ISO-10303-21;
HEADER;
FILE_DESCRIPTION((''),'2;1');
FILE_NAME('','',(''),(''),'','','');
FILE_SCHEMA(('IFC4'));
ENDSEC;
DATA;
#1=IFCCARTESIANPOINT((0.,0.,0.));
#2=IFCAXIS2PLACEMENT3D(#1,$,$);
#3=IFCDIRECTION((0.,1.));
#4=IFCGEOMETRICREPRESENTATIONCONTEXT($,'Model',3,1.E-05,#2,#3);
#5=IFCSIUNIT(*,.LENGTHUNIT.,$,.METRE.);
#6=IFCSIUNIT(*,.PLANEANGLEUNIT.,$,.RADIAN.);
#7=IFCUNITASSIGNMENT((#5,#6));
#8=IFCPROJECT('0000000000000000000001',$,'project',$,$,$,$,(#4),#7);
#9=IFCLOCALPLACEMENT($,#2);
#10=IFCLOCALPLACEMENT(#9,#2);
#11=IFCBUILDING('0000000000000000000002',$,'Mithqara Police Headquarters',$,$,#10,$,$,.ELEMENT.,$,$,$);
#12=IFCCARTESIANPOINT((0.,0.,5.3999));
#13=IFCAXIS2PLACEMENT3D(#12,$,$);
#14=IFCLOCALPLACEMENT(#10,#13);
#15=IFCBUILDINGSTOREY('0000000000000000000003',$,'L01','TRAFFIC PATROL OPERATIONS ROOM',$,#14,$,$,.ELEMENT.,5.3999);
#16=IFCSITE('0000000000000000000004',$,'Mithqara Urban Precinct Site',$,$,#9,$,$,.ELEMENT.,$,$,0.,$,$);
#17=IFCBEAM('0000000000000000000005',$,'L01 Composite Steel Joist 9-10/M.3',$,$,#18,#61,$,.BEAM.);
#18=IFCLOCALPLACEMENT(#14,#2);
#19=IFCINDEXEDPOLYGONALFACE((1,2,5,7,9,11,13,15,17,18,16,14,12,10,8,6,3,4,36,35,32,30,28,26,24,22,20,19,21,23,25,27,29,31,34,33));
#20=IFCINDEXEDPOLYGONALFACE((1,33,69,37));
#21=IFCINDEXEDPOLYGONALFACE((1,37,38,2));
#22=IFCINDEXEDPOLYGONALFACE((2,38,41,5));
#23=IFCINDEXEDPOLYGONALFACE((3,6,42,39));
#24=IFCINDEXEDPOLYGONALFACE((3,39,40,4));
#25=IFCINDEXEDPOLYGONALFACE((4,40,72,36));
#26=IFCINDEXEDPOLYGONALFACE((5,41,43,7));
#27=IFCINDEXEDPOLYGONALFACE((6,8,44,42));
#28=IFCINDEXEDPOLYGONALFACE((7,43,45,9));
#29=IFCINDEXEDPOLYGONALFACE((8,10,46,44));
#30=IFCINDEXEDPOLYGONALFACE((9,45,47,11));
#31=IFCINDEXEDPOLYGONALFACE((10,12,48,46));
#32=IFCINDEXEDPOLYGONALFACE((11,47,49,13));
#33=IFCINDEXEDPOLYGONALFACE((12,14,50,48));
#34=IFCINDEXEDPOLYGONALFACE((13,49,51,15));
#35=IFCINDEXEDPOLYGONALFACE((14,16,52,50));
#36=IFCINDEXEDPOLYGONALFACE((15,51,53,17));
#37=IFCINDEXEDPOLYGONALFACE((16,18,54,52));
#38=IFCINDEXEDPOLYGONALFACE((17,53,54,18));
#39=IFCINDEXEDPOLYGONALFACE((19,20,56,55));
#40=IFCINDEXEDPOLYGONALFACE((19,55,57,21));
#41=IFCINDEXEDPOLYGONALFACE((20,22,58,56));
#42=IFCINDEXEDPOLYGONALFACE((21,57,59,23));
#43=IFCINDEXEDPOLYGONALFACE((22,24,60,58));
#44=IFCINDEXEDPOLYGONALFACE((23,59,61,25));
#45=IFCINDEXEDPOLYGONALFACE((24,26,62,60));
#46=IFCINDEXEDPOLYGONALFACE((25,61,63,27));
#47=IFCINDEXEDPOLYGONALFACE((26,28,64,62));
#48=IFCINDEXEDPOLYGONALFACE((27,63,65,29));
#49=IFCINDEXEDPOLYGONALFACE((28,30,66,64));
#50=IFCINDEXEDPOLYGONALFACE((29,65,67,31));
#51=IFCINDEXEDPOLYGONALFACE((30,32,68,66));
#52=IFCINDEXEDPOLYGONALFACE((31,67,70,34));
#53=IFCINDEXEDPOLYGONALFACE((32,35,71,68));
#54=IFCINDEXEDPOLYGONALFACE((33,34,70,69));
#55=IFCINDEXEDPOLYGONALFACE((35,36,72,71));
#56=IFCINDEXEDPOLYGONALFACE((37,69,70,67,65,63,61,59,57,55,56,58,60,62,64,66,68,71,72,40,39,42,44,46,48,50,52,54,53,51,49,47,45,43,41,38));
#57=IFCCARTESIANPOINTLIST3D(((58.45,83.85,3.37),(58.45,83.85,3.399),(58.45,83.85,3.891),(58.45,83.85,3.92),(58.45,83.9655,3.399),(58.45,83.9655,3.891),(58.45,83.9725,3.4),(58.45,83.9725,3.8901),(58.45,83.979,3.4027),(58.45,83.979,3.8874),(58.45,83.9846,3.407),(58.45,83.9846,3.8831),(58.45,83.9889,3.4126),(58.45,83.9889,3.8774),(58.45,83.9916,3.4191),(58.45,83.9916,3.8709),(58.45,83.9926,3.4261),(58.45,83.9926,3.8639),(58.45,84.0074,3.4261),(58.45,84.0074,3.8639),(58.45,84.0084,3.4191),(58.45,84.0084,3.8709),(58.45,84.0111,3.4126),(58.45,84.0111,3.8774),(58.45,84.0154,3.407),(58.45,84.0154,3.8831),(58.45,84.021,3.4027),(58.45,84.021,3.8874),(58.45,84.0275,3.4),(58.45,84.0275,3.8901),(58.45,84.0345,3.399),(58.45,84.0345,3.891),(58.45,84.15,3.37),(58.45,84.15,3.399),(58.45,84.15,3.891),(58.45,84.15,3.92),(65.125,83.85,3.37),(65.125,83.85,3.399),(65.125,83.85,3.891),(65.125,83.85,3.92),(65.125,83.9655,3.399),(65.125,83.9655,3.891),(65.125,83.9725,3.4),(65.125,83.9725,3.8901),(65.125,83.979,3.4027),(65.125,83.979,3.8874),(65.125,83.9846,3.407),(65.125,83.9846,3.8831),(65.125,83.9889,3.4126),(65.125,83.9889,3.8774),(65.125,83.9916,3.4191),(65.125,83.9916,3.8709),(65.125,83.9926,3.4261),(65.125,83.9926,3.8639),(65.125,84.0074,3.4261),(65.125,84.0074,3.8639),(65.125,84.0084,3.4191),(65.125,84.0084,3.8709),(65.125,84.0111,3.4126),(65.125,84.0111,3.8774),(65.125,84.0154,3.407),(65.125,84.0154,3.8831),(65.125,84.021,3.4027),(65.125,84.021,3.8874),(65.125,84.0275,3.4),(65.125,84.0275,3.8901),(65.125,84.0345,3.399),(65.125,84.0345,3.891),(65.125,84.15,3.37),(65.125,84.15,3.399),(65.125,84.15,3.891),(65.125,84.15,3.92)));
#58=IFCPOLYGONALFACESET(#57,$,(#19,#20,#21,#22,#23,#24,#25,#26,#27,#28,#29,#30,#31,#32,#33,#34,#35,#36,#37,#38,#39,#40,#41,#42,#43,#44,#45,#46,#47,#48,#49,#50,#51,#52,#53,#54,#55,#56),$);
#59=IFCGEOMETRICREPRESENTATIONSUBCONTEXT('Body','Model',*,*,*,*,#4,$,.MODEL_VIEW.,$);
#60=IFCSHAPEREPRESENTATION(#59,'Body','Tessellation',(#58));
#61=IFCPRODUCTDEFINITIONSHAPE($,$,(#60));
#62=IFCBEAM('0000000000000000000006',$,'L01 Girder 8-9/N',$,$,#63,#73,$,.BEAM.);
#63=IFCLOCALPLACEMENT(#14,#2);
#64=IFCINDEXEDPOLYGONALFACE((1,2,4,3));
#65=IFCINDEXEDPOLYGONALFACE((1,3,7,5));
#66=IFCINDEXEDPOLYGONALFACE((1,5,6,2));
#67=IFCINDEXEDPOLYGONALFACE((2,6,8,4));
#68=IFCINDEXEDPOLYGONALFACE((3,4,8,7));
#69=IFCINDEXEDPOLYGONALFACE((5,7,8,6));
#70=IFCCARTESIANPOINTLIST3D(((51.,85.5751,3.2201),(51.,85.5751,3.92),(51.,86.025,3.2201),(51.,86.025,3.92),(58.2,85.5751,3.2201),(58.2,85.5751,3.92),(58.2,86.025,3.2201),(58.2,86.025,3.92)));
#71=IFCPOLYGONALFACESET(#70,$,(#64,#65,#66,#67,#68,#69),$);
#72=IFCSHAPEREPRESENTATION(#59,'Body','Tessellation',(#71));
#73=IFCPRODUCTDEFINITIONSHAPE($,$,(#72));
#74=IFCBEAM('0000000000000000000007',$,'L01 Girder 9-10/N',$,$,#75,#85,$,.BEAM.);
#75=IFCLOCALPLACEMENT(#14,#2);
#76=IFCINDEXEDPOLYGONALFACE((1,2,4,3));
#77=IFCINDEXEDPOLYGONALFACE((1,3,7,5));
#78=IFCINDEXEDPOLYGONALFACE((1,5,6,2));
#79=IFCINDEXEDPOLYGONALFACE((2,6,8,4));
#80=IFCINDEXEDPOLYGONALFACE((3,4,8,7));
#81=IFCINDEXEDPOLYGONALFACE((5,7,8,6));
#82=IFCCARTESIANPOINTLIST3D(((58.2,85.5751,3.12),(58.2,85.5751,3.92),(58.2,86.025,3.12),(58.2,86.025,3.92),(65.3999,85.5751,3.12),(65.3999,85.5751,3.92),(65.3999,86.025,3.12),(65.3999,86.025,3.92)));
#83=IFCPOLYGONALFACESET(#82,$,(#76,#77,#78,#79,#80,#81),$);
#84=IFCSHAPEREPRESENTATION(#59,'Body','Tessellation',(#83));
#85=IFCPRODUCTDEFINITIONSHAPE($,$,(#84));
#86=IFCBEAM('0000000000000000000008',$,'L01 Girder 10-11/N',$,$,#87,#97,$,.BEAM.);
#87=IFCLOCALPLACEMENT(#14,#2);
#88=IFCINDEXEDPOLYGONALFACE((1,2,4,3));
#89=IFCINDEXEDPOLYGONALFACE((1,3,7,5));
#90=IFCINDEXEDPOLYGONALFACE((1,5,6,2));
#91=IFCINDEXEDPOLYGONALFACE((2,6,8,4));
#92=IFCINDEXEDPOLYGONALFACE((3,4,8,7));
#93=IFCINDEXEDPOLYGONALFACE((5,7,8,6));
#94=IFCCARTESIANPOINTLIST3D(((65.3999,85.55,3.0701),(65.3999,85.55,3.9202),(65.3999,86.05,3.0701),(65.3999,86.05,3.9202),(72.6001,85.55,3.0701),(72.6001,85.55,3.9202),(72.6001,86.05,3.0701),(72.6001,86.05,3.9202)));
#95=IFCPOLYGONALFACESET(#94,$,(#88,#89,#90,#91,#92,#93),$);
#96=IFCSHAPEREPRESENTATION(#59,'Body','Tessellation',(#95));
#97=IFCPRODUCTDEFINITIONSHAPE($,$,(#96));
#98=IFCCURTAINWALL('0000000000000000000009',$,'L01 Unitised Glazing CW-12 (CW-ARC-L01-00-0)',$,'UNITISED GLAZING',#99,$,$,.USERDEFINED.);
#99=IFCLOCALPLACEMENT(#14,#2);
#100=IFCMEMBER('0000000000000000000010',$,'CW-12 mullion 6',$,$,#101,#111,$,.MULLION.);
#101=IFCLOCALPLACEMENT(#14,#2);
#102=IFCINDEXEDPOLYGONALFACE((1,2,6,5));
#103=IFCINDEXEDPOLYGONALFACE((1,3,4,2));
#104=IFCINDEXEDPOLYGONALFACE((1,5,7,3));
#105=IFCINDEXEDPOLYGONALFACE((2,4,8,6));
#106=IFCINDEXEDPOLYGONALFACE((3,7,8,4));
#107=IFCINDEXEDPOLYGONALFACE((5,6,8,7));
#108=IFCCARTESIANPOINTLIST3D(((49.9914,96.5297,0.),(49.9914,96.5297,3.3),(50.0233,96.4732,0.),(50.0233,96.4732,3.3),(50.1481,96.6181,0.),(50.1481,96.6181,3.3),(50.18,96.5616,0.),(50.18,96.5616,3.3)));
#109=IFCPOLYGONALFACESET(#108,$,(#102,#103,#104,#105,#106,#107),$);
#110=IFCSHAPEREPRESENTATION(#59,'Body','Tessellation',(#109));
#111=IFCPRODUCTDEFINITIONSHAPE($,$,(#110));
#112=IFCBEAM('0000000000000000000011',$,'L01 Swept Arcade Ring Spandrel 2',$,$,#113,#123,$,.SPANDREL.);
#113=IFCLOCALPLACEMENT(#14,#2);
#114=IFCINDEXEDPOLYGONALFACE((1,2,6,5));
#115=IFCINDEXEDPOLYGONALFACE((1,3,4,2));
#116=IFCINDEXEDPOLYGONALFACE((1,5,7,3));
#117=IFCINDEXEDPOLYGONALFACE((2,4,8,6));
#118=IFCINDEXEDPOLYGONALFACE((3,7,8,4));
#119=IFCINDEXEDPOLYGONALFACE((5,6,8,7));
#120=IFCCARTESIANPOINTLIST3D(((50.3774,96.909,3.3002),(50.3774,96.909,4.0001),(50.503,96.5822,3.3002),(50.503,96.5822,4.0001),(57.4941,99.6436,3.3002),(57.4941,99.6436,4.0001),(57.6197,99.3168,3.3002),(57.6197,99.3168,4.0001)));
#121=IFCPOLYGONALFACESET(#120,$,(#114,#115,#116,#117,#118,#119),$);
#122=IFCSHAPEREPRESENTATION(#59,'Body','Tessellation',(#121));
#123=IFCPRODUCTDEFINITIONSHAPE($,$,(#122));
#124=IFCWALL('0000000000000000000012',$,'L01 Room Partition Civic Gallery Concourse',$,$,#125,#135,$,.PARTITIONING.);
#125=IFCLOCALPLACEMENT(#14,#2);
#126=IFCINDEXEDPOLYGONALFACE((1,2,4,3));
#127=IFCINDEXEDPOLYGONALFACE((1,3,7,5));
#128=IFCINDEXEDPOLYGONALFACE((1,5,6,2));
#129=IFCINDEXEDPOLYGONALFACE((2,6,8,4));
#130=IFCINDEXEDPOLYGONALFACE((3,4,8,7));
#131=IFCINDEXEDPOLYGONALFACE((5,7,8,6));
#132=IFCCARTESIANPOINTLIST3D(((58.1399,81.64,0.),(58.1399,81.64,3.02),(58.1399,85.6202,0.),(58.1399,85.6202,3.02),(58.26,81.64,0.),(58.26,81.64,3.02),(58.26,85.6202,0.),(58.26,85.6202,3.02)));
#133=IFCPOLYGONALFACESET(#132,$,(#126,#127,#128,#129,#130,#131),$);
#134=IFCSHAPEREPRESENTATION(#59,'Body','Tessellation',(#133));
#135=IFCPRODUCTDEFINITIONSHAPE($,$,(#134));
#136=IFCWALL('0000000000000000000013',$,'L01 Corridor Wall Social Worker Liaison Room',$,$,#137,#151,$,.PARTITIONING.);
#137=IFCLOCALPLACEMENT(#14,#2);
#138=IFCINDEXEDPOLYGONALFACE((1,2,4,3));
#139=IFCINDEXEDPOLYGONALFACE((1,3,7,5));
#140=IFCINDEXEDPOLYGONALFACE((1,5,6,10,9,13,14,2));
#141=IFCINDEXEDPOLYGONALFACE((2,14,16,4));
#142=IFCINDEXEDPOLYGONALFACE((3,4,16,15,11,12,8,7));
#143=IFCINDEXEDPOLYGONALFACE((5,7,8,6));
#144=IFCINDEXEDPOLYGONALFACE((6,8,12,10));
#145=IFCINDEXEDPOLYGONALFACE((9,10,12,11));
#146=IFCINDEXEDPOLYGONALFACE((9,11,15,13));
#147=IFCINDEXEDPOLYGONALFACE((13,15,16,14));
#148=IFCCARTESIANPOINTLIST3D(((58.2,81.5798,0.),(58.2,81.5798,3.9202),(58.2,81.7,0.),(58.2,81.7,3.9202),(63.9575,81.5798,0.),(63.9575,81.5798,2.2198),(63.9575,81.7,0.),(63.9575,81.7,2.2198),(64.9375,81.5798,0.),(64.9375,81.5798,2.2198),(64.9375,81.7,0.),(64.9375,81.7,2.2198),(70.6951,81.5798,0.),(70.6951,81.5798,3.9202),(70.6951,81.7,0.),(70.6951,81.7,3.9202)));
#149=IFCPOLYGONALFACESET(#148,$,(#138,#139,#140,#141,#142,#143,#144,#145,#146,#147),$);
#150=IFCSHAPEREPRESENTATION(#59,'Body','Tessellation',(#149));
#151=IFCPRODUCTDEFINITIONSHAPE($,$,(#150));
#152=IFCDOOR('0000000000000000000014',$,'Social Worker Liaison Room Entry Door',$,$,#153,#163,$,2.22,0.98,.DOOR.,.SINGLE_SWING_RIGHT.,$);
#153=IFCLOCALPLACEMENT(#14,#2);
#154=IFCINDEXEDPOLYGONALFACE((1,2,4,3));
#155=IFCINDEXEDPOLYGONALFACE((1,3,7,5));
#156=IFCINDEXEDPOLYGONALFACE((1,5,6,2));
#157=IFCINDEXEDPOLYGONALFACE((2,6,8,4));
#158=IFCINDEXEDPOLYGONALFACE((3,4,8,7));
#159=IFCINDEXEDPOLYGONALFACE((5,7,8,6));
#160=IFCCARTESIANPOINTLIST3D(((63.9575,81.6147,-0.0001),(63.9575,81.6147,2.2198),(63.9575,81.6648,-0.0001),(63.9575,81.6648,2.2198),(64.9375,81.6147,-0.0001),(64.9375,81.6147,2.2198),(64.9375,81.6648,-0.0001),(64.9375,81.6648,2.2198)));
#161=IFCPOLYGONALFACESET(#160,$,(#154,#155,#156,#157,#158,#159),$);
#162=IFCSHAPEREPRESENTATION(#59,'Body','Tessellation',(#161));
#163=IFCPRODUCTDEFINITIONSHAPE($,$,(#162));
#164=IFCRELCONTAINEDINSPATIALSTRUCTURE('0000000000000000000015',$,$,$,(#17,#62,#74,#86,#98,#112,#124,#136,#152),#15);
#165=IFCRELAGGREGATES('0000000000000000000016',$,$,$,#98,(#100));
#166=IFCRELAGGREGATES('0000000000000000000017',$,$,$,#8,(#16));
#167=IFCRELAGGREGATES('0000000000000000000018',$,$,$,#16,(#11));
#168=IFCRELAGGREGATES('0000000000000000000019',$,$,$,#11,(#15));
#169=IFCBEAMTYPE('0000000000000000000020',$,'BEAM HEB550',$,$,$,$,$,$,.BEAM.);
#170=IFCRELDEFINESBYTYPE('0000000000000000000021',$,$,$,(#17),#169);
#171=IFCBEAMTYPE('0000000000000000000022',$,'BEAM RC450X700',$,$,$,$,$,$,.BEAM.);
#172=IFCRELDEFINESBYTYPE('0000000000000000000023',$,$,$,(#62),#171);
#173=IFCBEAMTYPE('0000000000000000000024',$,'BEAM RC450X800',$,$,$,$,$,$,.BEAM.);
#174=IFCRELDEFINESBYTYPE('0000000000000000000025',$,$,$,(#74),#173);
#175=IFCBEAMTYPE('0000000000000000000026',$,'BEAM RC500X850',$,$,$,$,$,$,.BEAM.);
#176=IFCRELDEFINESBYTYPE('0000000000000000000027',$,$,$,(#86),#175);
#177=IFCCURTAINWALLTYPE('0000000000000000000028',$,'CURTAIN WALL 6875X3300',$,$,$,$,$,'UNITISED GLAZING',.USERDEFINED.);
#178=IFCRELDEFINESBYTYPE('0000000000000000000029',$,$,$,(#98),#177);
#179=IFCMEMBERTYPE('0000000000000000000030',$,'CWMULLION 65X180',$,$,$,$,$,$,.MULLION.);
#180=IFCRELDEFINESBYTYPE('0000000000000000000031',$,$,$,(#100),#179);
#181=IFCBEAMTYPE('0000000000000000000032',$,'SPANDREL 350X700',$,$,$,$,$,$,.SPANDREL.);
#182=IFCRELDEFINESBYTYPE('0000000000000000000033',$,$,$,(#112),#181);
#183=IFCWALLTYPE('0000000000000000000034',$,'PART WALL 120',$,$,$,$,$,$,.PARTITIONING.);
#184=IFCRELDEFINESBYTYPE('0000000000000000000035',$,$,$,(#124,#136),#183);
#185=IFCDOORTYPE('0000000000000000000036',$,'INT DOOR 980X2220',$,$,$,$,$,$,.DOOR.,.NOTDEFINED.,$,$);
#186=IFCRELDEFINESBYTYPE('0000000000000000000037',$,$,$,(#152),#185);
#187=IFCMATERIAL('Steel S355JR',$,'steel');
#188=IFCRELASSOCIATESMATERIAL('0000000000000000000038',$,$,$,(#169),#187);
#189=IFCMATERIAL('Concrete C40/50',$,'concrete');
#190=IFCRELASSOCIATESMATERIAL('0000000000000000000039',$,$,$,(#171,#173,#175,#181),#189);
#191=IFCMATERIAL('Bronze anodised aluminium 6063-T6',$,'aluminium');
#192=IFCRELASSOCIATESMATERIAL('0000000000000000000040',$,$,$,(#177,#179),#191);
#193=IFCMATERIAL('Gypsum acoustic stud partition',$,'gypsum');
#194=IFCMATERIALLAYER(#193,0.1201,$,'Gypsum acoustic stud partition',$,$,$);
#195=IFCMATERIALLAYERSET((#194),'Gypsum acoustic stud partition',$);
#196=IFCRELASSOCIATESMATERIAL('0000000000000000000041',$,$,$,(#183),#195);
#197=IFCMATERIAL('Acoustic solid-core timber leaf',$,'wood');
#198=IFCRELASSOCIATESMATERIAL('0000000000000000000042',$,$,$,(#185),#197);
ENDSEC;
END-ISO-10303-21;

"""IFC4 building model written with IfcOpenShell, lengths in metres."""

from ifc_helpers import new_model, si_unit, direction, frame, frame_2d, origin, origin_2d, place, context, subcontext, project, spatial, rectangle, i_section, extrude, material, layer, layer_set, material_profile, profile_set, type_object, element, fill, aggregate, save


model = new_model("IFC4")

# Units and contexts
model_context = context("Model", 3, precision=1e-05, world=origin(), true_north=direction((0.0, 1.0)))
body_context = subcontext(model_context, "Body", "Model", "MODEL_VIEW")
ifc_project = project(units=[si_unit("LENGTHUNIT", "METRE"), si_unit("PLANEANGLEUNIT", "RADIAN")], contexts=[model_context])

# Site, building, storey
site_placement = place(None, origin())
site = spatial("IfcSite", under=ifc_project, at=site_placement, Name="Mithqara Urban Precinct Site", CompositionType="ELEMENT", RefElevation=0.0)
building_placement = place(site_placement, origin())
building = spatial("IfcBuilding", under=site, at=building_placement, Name="Mithqara Police Headquarters", CompositionType="ELEMENT")
storey_placement = place(building_placement, frame((0.0, 0.0, 5.3999)))
storey = spatial("IfcBuildingStorey", under=building, at=storey_placement, Name="L01", Description="TRAFFIC PATROL OPERATIONS ROOM", CompositionType="ELEMENT", Elevation=5.3999)

# Beams
ifc_material_1 = material(Name="Steel S355JR", Category="steel")
ifc_material_profile_1 = material_profile(ifc_material_1, i_section(OverallWidth=0.3, OverallDepth=0.55, WebThickness=0.0149, FlangeThickness=0.0291, FilletRadius=0.0271, at=origin_2d()), Name="HEB 550")
ifc_profile_set_1 = profile_set([ifc_material_profile_1], Name="Steel S355JR")
beam_type_1 = type_object("IfcBeamType", Name="BEAM HEB550", PredefinedType="BEAM", material=ifc_profile_set_1)
for number, where, z_axis, x_axis, name in (
    (1, (58.45, 84.0, 3.645), (1.0, 0.0, 0.0), (0.0, 1.0, 0.0), "L01 Composite Steel Joist 9-10/M.3"),
):
    element("IfcBeam", number, at=place(storey_placement, frame(where, z_axis=z_axis, x_axis=x_axis)), inside=storey, type_object=beam_type_1, Name=name, PredefinedType="BEAM", context=body_context, shape_type="SweptSolid", body=[
        extrude(i_section(OverallWidth=0.3, OverallDepth=0.55, WebThickness=0.0149, FlangeThickness=0.0291, FilletRadius=0.0271, at=origin_2d()), origin(), (0.0, 0.0, 1.0), 6.675),
    ])
ifc_material_2 = material(Name="Concrete C40/50", Category="concrete")
ifc_material_profile_2 = material_profile(ifc_material_2, rectangle(XDim=0.45, YDim=0.7, at=origin_2d()), Name="RC 450x700")
ifc_profile_set_2 = profile_set([ifc_material_profile_2], Name="Concrete C40/50")
beam_type_2 = type_object("IfcBeamType", Name="BEAM RC450X700", PredefinedType="BEAM", material=ifc_profile_set_2)
beam_1_placement = place(storey_placement, frame((51.0, 85.8, 3.5701), z_axis=(1.0, 0.0, 0.0), x_axis=(0.0, 1.0, 0.0)))
element("IfcBeam", 2, at=beam_1_placement, inside=storey, type_object=beam_type_2, Name="L01 Girder 8-9/N", PredefinedType="BEAM", context=body_context, shape_type="SweptSolid", body=[
    extrude(rectangle(XDim=0.45, YDim=0.7, at=origin_2d()), origin(), (0.0, 0.0, 1.0), 7.2),
])
ifc_material_profile_3 = material_profile(ifc_material_2, rectangle(XDim=0.45, YDim=0.8, at=origin_2d()), Name="RC 450x800")
ifc_profile_set_3 = profile_set([ifc_material_profile_3], Name="Concrete C40/50")
beam_type_3 = type_object("IfcBeamType", Name="BEAM RC450X800", PredefinedType="BEAM", material=ifc_profile_set_3)
beam_2_placement = place(storey_placement, frame((58.2, 85.8, 3.52), z_axis=(1.0, 0.0, 0.0), x_axis=(0.0, 1.0, 0.0)))
element("IfcBeam", 3, at=beam_2_placement, inside=storey, type_object=beam_type_3, Name="L01 Girder 9-10/N", PredefinedType="BEAM", context=body_context, shape_type="SweptSolid", body=[
    extrude(rectangle(XDim=0.45, YDim=0.8, at=origin_2d()), origin(), (0.0, 0.0, 1.0), 7.2),
])
ifc_material_profile_4 = material_profile(ifc_material_2, rectangle(XDim=0.5, YDim=0.8501, at=origin_2d()), Name="RC 500x850")
ifc_profile_set_4 = profile_set([ifc_material_profile_4], Name="Concrete C40/50")
beam_type_4 = type_object("IfcBeamType", Name="BEAM RC500X850", PredefinedType="BEAM", material=ifc_profile_set_4)
beam_3_placement = place(storey_placement, frame((65.3999, 85.8, 3.4951), z_axis=(1.0, 0.0, 0.0), x_axis=(0.0, 1.0, 0.0)))
element("IfcBeam", 4, at=beam_3_placement, inside=storey, type_object=beam_type_4, Name="L01 Girder 10-11/N", PredefinedType="BEAM", context=body_context, shape_type="SweptSolid", body=[
    extrude(rectangle(XDim=0.5, YDim=0.8501, at=origin_2d()), origin(), (0.0, 0.0, 1.0), 7.2002),
])

# Curtain wall, member
ifc_material_3 = material(Name="Bronze anodised aluminium 6063-T6", Category="aluminium")
curtain_wall_type = type_object("IfcCurtainWallType", Name="CURTAIN WALL 6875X3300", ElementType="UNITISED GLAZING", PredefinedType="USERDEFINED", material=ifc_material_3)
curtain_wall_placement = place(storey_placement, origin())
curtain_wall = element("IfcCurtainWall", 5, at=curtain_wall_placement, inside=storey, type_object=curtain_wall_type, Name="L01 Unitised Glazing CW-12 (CW-ARC-L01-00-0)", ObjectType="UNITISED GLAZING", PredefinedType="USERDEFINED")
ifc_material_profile_5 = material_profile(ifc_material_3, rectangle(XDim=0.0649, YDim=0.1799, at=origin_2d()), Name="CWM 65x180")
ifc_profile_set_5 = profile_set([ifc_material_profile_5], Name="Bronze anodised aluminium 6063-T6")
member_type_1 = type_object("IfcMemberType", Name="CWMULLION 65X180", PredefinedType="MULLION", material=ifc_profile_set_5)
member_1_placement = place(storey_placement, frame((50.0857, 96.5457, 0.0), z_axis=(0.0, 0.0, 1.0), x_axis=(-0.491308, 0.870986, 0.0)))
member_1 = element("IfcMember", 6, at=member_1_placement, type_object=member_type_1, Name="CW-12 mullion 6", PredefinedType="MULLION", context=body_context, shape_type="SweptSolid", body=[
    extrude(rectangle(XDim=0.0649, YDim=0.1799, at=origin_2d()), origin(), (0.0, 0.0, 1.0), 3.3),
])
aggregate(curtain_wall, [member_1])

# Beam
ifc_material_profile_6 = material_profile(ifc_material_2, rectangle(XDim=0.3501, YDim=0.7, at=origin_2d()), Name="SPB 350x700")
ifc_profile_set_6 = profile_set([ifc_material_profile_6], Name="Concrete C40/50")
beam_type_5 = type_object("IfcBeamType", Name="SPANDREL 350X700", PredefinedType="SPANDREL", material=ifc_profile_set_6)
beam_4_placement = place(storey_placement, frame((50.4402, 96.7456, 3.6501), z_axis=(0.933459, 0.358685, 0.0), x_axis=(-0.358685, 0.933459, 0.0)))
element("IfcBeam", 7, at=beam_4_placement, inside=storey, type_object=beam_type_5, Name="L01 Swept Arcade Ring Spandrel 2", PredefinedType="SPANDREL", context=body_context, shape_type="SweptSolid", body=[
    extrude(rectangle(XDim=0.3501, YDim=0.7, at=origin_2d()), origin(), (0.0, 0.0, 1.0), 7.624),
])

# Wall
ifc_material_4 = material(Name="Gypsum acoustic stud partition", Category="gypsum")
ifc_layer_1 = layer(ifc_material_4, 0.1201, Name="Gypsum acoustic stud partition")
ifc_layer_set_1 = layer_set([ifc_layer_1], Name="Gypsum acoustic stud partition")
wall_type = type_object("IfcWallType", Name="PART WALL 120", PredefinedType="PARTITIONING", material=ifc_layer_set_1)
wall_1_placement = place(storey_placement, frame((58.2, 81.6399, 0.0), z_axis=(0.0, 0.0, 1.0), x_axis=(0.0, 1.0, 0.0)))
element("IfcWall", 8, at=wall_1_placement, inside=storey, type_object=wall_type, Name="L01 Room Partition Civic Gallery Concourse", PredefinedType="PARTITIONING", context=body_context, shape_type="SweptSolid", body=[
    extrude(rectangle(XDim=3.9802, YDim=0.1201, at=frame_2d((1.9902, 0.0))), origin(), (0.0, 0.0, 1.0), 3.02),
])

# Wall, opening, door
wall_2_placement = place(storey_placement, frame((58.2, 81.6399, 0.0), z_axis=(0.0, 0.0, 1.0), x_axis=(1.0, 0.0, 0.0)))
wall_2 = element("IfcWall", 9, at=wall_2_placement, inside=storey, type_object=wall_type, Name="L01 Corridor Wall Social Worker Liaison Room", PredefinedType="PARTITIONING", context=body_context, shape_type="SweptSolid", body=[
    extrude(rectangle(XDim=12.4951, YDim=0.1201, at=frame_2d((6.2476, 0.0))), origin(), (0.0, 0.0, 1.0), 3.9202),
])
opening_placement = place(wall_2_placement, frame((5.7576, 0.0, 0.0)))
opening = element("IfcOpeningElement", 10, at=opening_placement, cuts=wall_2, PredefinedType="OPENING", context=body_context, shape_type="SweptSolid", body=[
    extrude(rectangle(XDim=0.98, YDim=2.22, at=frame_2d((0.49, 1.1099))), frame((0.0, 0.0701, 0.0), z_axis=(0.0, -1.0, 0.0), x_axis=(1.0, 0.0, 0.0)), (0.0, 0.0, 1.0), 0.1401),
])
ifc_material_5 = material(Name="Acoustic solid-core timber leaf", Category="wood")
door_type = type_object("IfcDoorType", Name="INT DOOR 980X2220", OperationType="NOTDEFINED", PredefinedType="DOOR", material=ifc_material_5)
door_placement = place(opening_placement, origin())
door = element("IfcDoor", 11, at=door_placement, inside=storey, type_object=door_type, Name="Social Worker Liaison Room Entry Door", OperationType="SINGLE_SWING_RIGHT", OverallHeight=2.22, OverallWidth=0.98, PredefinedType="DOOR", context=body_context, shape_type="SweptSolid", body=[
    extrude(rectangle(XDim=0.98, YDim=2.22, at=frame_2d((0.49, 1.1099))), frame((0.0, 0.0249, 0.0), z_axis=(0.0, -1.0, 0.0), x_axis=(1.0, 0.0, 0.0)), (0.0, 0.0, 1.0), 0.05),
])
fill(opening, door)

save(model, "model.ifc")
